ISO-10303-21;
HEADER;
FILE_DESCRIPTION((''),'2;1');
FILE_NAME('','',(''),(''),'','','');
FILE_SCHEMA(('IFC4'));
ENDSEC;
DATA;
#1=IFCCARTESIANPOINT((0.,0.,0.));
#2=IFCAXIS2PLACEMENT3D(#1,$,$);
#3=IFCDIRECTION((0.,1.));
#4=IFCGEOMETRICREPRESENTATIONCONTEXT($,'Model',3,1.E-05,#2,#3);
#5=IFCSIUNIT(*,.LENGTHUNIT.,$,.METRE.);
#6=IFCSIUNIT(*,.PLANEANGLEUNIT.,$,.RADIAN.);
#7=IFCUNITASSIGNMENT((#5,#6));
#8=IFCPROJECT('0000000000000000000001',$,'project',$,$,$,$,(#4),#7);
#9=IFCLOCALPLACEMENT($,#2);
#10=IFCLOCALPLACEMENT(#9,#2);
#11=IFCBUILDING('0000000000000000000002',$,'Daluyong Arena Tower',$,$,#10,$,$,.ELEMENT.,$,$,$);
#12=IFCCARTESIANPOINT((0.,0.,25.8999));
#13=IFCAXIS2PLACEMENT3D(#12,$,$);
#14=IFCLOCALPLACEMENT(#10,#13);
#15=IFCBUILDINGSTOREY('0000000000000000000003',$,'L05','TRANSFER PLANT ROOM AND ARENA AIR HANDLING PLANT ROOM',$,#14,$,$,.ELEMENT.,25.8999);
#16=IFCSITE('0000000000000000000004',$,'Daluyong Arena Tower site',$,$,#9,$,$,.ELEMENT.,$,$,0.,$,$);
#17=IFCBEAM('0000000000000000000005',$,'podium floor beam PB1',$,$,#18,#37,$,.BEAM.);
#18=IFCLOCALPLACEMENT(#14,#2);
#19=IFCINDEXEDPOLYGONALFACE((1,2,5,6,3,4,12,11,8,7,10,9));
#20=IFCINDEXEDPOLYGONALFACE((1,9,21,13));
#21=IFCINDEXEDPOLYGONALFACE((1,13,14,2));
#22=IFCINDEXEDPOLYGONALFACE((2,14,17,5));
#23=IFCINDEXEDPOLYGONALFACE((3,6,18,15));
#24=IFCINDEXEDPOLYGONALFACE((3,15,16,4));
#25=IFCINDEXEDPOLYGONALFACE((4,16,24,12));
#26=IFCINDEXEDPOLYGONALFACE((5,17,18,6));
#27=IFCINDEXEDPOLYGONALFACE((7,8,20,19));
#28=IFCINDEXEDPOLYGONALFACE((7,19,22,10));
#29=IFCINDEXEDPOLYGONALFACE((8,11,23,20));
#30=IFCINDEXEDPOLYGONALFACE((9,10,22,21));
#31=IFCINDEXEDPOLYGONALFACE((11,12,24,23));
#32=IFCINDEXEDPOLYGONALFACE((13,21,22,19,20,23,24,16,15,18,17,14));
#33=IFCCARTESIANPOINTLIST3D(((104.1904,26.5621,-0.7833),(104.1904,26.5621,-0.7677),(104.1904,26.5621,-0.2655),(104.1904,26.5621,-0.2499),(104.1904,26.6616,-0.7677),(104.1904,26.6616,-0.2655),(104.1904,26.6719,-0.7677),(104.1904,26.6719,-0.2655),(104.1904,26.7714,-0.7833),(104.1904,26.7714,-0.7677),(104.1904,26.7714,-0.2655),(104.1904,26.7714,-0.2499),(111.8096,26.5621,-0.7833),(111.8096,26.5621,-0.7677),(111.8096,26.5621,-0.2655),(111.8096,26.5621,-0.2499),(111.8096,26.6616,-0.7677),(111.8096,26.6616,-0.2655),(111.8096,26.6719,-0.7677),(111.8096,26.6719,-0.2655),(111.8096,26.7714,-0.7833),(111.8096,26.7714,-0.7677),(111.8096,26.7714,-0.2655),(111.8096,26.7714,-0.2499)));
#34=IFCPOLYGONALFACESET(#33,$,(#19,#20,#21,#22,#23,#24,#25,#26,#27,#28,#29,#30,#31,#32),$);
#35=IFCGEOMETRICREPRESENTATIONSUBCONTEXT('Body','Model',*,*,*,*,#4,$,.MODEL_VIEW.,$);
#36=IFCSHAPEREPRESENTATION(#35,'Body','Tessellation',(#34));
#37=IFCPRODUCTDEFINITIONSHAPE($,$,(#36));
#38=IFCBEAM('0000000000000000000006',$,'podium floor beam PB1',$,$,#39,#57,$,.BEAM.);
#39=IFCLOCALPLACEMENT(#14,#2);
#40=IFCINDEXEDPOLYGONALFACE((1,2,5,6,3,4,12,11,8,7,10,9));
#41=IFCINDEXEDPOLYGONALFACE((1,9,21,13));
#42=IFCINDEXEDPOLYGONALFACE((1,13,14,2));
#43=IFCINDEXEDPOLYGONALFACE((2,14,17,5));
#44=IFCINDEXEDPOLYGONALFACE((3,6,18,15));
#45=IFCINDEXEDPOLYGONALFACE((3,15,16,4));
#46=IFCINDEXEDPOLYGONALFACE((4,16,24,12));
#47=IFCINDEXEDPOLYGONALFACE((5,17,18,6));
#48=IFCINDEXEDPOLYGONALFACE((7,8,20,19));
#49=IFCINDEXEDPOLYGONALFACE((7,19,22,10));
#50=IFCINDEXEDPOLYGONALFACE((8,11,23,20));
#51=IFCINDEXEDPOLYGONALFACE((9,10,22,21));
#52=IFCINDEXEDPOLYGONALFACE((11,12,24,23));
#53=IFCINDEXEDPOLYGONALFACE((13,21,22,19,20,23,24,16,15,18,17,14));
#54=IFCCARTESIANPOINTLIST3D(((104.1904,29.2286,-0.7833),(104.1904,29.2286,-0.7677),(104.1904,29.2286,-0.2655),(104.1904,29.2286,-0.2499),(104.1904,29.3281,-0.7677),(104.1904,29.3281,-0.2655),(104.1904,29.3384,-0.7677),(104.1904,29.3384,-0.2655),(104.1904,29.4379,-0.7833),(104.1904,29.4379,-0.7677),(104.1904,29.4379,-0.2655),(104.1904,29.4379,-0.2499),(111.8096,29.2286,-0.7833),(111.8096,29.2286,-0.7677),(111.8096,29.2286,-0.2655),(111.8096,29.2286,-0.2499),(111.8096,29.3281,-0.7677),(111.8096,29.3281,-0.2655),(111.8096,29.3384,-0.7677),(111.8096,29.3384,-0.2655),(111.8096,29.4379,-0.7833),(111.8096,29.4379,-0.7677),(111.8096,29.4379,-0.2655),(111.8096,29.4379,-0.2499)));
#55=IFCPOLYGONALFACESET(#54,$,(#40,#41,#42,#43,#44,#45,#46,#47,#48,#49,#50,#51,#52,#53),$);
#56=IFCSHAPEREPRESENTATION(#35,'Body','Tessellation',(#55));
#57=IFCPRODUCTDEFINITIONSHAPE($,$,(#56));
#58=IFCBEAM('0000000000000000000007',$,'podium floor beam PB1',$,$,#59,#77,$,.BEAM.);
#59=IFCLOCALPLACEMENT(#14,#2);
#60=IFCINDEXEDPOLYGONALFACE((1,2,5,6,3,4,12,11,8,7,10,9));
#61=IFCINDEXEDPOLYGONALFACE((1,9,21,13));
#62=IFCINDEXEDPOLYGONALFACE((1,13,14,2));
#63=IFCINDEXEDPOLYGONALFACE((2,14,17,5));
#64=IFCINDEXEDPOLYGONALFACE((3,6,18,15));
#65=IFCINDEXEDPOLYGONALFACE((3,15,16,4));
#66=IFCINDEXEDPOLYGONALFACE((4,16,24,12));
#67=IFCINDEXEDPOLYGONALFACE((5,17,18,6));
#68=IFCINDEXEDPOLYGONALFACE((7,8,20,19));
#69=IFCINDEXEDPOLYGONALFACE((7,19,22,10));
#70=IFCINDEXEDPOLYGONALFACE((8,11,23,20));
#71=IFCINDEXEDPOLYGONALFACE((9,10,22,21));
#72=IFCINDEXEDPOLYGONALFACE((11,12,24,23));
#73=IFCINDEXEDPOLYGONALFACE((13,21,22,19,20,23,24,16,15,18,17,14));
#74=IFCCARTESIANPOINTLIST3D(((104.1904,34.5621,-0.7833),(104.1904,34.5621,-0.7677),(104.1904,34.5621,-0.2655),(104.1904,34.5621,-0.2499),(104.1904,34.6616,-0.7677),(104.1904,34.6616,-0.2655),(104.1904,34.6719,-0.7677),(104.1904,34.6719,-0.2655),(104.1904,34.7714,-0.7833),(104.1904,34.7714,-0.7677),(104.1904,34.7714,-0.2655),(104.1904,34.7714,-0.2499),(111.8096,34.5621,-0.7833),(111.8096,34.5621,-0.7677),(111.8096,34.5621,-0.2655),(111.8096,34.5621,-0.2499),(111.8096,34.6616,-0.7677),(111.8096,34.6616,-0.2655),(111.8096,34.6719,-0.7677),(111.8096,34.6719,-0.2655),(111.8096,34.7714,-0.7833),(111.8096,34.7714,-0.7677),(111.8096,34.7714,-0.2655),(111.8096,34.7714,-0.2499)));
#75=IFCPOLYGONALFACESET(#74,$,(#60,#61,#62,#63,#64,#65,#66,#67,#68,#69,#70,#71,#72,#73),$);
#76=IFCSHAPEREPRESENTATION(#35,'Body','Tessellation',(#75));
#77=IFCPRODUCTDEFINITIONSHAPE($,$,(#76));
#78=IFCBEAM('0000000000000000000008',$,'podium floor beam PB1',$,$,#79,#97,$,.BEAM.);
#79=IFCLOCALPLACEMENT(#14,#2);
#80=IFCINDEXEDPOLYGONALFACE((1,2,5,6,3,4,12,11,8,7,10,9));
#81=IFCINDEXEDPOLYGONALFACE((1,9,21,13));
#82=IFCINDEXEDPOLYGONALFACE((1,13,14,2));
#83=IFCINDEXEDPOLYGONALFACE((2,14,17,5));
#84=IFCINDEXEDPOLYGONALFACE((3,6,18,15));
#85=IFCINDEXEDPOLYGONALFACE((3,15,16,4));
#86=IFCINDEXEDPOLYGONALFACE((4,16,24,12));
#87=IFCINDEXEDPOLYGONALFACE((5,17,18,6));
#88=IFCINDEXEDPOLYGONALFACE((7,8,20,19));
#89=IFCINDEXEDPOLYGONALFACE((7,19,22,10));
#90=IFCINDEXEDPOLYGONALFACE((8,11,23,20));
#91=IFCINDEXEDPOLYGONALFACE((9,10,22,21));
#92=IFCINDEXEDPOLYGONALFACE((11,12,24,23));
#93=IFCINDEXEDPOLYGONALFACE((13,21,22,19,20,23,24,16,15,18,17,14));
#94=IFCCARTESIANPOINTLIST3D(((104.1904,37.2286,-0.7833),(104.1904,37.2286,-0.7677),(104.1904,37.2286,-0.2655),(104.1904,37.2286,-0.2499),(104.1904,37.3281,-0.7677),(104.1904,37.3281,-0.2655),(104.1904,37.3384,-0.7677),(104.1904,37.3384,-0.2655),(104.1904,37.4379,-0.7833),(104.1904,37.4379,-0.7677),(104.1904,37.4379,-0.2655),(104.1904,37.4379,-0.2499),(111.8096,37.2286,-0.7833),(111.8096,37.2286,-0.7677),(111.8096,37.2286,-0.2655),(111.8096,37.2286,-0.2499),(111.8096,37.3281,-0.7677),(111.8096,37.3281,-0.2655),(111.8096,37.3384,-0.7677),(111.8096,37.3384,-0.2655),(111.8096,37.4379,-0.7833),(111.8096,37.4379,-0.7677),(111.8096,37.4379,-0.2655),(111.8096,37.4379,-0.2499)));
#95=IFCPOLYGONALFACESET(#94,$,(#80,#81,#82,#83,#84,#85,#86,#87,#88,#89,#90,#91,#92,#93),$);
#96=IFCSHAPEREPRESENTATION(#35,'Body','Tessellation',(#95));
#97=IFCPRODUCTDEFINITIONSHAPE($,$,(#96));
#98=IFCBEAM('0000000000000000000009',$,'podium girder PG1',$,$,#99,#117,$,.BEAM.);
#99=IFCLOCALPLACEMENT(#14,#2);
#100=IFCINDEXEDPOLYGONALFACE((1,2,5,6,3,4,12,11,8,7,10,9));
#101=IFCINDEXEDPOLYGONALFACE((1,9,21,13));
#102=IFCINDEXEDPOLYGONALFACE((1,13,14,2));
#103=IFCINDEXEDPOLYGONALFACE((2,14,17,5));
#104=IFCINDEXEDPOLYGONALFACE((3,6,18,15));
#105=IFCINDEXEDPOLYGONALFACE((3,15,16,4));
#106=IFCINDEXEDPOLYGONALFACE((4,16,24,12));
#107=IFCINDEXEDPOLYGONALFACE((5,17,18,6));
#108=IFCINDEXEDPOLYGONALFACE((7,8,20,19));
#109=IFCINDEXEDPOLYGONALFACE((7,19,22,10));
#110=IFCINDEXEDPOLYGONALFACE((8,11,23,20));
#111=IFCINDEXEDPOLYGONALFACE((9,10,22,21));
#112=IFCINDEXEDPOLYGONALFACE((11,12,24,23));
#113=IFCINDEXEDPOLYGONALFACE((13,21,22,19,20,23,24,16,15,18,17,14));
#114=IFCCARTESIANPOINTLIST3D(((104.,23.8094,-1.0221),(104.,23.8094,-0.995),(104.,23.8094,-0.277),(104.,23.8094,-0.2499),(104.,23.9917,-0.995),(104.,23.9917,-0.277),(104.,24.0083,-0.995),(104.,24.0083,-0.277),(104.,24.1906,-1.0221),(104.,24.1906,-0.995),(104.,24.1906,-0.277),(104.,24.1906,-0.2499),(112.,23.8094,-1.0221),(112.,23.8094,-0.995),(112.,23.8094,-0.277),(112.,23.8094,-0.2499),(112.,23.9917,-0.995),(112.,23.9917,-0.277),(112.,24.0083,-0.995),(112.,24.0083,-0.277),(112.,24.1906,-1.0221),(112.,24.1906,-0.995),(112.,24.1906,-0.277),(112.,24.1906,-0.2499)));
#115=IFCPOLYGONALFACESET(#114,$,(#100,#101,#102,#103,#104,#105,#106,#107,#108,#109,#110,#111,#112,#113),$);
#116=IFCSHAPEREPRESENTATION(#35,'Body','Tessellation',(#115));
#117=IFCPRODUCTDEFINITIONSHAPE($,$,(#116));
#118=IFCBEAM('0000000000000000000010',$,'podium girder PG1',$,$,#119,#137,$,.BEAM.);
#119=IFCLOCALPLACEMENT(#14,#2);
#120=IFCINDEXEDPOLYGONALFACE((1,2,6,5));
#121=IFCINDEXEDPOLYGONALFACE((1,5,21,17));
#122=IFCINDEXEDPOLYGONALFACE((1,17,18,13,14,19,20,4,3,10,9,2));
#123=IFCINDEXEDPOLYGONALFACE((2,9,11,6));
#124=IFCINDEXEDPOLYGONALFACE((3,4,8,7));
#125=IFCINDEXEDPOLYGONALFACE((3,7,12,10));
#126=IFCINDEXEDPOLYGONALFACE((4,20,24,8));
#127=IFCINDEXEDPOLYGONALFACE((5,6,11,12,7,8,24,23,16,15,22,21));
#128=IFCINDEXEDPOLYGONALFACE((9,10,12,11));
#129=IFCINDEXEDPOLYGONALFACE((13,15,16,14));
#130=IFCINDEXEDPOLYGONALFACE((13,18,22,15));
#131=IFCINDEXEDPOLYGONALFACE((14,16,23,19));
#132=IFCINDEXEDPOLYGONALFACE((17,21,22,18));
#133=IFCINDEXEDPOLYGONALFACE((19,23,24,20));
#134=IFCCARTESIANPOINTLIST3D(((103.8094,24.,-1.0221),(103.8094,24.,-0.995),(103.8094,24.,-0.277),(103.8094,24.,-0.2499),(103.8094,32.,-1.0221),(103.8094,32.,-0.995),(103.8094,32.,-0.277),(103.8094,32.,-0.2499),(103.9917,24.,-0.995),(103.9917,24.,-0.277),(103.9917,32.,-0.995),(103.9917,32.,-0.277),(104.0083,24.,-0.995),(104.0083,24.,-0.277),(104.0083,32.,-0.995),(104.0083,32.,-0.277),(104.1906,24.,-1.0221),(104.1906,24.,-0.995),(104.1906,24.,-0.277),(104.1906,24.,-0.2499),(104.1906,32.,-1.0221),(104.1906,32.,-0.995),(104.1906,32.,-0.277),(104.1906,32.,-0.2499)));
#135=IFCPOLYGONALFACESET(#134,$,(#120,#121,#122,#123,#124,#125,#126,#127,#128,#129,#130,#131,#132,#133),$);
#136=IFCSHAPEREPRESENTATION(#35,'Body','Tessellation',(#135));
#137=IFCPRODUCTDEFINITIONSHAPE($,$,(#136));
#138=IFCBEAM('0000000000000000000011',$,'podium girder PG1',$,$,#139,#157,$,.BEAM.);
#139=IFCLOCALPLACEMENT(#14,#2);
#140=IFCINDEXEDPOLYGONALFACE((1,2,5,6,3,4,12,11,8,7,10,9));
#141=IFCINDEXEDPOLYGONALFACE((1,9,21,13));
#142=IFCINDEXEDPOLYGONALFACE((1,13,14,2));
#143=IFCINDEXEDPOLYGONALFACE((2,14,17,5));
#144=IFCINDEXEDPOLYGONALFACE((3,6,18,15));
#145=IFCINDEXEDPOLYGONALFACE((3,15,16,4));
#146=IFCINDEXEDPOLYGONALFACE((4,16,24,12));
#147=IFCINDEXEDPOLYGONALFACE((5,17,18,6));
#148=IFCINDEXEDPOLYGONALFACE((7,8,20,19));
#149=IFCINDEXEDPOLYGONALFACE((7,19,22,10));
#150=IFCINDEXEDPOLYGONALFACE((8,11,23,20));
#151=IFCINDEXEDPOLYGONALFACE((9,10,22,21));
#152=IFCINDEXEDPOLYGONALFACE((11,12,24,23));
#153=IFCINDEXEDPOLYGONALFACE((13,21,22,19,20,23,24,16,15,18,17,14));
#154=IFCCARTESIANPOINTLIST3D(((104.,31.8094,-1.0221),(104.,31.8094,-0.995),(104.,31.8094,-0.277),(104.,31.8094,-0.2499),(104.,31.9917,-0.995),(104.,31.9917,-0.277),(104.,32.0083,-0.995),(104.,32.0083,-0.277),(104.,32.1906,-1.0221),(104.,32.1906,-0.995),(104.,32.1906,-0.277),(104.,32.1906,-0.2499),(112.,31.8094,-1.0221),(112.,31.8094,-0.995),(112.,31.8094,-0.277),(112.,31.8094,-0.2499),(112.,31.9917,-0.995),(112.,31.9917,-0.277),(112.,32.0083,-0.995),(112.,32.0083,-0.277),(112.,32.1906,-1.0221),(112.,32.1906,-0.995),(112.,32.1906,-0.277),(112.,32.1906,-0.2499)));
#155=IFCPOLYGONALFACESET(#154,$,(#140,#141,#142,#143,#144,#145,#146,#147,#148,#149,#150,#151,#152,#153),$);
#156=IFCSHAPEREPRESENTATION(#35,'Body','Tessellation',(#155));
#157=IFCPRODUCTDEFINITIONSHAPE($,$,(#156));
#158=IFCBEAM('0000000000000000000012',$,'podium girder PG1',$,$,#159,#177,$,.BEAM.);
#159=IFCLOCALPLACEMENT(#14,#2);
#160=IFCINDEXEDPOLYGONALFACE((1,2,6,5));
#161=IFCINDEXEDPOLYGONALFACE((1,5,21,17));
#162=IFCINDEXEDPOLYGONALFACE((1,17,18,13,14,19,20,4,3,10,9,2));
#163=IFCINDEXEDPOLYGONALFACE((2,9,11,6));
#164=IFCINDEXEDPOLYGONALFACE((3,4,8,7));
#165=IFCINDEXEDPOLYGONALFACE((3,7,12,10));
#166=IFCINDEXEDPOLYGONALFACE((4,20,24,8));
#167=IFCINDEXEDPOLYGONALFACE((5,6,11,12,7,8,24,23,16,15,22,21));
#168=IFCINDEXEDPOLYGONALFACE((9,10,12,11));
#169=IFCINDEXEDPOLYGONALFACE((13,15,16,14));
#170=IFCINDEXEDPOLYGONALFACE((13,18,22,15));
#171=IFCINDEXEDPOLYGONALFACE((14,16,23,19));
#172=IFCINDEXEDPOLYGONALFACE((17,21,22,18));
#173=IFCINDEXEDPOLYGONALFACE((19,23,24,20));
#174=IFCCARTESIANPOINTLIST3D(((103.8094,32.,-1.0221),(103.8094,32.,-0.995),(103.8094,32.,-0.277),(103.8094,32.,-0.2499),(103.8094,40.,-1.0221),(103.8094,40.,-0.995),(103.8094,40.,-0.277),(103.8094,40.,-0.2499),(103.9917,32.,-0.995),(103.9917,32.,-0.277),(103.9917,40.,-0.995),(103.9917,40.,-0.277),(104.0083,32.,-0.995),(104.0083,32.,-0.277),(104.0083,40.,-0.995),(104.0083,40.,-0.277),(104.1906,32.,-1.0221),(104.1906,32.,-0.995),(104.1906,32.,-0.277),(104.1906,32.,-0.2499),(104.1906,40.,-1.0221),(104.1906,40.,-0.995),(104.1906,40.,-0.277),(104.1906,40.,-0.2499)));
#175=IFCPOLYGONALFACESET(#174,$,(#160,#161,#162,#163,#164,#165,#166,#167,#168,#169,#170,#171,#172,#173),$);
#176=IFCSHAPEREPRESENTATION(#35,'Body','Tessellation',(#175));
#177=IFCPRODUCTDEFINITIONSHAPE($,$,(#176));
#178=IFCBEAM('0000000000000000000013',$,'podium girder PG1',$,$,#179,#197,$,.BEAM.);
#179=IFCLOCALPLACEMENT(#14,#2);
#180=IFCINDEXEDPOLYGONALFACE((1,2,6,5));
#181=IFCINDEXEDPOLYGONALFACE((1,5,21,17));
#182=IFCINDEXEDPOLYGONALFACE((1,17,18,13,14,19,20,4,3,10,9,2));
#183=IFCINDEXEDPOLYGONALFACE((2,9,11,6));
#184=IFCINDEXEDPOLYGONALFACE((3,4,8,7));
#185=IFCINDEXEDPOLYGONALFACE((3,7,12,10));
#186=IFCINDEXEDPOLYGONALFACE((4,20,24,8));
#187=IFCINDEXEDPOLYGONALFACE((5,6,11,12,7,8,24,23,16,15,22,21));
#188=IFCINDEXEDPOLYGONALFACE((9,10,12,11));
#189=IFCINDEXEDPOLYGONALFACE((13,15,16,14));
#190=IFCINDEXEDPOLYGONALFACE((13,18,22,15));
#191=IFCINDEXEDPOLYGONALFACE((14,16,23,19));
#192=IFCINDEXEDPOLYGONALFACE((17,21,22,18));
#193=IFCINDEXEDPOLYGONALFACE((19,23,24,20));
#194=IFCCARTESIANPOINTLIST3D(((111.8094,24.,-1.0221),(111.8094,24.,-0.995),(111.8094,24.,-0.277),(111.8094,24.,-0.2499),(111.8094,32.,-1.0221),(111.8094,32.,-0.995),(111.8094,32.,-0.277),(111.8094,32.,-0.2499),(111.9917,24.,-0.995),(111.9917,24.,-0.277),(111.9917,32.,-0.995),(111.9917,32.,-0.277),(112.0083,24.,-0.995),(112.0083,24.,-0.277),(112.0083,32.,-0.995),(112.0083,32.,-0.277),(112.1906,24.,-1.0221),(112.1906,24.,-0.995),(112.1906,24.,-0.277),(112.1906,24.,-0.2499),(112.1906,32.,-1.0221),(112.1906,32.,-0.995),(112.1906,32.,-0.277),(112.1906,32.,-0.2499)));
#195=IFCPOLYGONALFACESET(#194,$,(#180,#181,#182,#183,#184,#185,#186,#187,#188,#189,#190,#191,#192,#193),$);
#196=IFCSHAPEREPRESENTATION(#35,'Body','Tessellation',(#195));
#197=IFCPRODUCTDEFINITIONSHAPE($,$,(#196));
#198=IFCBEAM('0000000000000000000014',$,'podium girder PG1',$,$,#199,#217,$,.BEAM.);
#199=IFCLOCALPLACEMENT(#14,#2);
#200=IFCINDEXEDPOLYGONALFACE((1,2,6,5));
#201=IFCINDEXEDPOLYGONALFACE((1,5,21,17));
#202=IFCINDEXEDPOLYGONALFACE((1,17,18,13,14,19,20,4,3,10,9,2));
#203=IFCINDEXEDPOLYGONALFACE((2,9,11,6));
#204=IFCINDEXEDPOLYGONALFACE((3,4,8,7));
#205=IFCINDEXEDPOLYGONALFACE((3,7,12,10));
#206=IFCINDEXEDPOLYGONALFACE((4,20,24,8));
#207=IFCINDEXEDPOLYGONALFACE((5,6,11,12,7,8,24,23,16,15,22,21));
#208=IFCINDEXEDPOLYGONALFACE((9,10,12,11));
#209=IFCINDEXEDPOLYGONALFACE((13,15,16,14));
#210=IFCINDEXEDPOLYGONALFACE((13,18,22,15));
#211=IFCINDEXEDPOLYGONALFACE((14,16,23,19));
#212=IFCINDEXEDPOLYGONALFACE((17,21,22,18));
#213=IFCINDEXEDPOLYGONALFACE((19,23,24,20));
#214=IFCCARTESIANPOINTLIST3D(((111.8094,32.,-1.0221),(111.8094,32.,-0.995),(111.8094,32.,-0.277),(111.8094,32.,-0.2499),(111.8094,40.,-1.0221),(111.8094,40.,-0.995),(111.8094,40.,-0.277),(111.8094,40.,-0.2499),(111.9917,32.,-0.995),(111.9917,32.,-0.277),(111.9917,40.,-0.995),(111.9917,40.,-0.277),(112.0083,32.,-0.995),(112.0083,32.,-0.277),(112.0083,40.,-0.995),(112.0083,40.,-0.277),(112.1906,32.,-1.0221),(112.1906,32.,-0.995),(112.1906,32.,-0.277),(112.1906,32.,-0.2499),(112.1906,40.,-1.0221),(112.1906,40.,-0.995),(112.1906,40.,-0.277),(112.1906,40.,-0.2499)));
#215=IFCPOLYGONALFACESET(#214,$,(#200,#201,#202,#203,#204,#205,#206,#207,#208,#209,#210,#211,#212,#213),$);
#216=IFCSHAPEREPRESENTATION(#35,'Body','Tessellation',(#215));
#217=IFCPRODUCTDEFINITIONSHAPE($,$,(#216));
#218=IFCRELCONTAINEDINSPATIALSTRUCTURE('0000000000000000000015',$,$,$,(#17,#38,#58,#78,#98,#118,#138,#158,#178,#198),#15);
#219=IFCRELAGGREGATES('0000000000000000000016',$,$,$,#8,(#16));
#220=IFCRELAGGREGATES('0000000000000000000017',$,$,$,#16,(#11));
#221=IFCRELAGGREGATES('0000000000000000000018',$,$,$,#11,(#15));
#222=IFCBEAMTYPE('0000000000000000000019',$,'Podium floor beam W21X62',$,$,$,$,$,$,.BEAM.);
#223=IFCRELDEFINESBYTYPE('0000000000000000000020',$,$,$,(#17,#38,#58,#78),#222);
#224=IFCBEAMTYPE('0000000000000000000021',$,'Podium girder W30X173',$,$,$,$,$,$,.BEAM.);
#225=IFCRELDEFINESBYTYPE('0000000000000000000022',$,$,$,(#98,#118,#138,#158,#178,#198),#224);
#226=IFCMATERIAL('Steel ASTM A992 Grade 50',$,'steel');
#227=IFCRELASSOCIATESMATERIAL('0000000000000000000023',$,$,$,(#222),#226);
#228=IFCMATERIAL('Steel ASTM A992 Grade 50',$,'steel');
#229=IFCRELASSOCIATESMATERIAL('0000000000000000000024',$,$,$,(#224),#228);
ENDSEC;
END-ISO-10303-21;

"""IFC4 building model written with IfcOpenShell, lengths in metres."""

from ifc_helpers import new_model, si_unit, direction, frame, origin, origin_2d, place, context, subcontext, project, spatial, i_section, extrude, material, material_profile, profile_set, type_object, element, save


model = new_model("IFC4")

# Units and contexts
model_context = context("Model", 3, precision=1e-05, world=origin(), true_north=direction((0.0, 1.0)))
body_context = subcontext(model_context, "Body", "Model", "MODEL_VIEW")
ifc_project = project(units=[si_unit("LENGTHUNIT", "METRE"), si_unit("PLANEANGLEUNIT", "RADIAN")], contexts=[model_context])

# Site, building, storey
site_placement = place(None, origin())
site = spatial("IfcSite", under=ifc_project, at=site_placement, Name="Daluyong Arena Tower site", CompositionType="ELEMENT", RefElevation=0.0)
building_placement = place(site_placement, origin())
building = spatial("IfcBuilding", under=site, at=building_placement, Name="Daluyong Arena Tower", CompositionType="ELEMENT")
storey_placement = place(building_placement, frame((0.0, 0.0, 25.8999)))
storey = spatial("IfcBuildingStorey", under=building, at=storey_placement, Name="L05", Description="TRANSFER PLANT ROOM AND ARENA AIR HANDLING PLANT ROOM", CompositionType="ELEMENT", Elevation=25.8999)

# Beams
ifc_material_1 = material(Name="Steel ASTM A992 Grade 50", Category="steel")
ifc_material_profile_1 = material_profile(ifc_material_1, i_section(OverallWidth=0.2092, OverallDepth=0.5334, WebThickness=0.0103, FlangeThickness=0.0156, at=origin_2d()))
ifc_profile_set_1 = profile_set([ifc_material_profile_1], Name="Steel ASTM A992 Grade 50")
beam_type_1 = type_object("IfcBeamType", Name="Podium floor beam W21X62", PredefinedType="BEAM", material=ifc_profile_set_1)
for number, where, z_axis, x_axis, name in (
    (1, (104.1904, 26.6667, -0.5166), (1.0, 0.0, 0.0), (0.0, 1.0, 0.0), "podium floor beam PB1"),
    (2, (104.1904, 29.3333, -0.5166), (1.0, 0.0, 0.0), (0.0, 1.0, 0.0), "podium floor beam PB1"),
    (3, (104.1904, 34.6667, -0.5166), (1.0, 0.0, 0.0), (0.0, 1.0, 0.0), "podium floor beam PB1"),
    (4, (104.1904, 37.3333, -0.5166), (1.0, 0.0, 0.0), (0.0, 1.0, 0.0), "podium floor beam PB1"),
):
    element("IfcBeam", number, at=place(storey_placement, frame(where, z_axis=z_axis, x_axis=x_axis)), inside=storey, type_object=beam_type_1, Name=name, PredefinedType="BEAM", context=body_context, shape_type="SweptSolid", body=[
        extrude(i_section(OverallWidth=0.2092, OverallDepth=0.5334, WebThickness=0.0103, FlangeThickness=0.0156, at=origin_2d()), origin(), (0.0, 0.0, 1.0), 7.6191),
    ])
ifc_material_2 = material(Name="Steel ASTM A992 Grade 50", Category="steel")
ifc_material_profile_2 = material_profile(ifc_material_2, i_section(OverallWidth=0.3811, OverallDepth=0.7722, WebThickness=0.0166, FlangeThickness=0.0271, at=origin_2d()))
ifc_profile_set_2 = profile_set([ifc_material_profile_2], Name="Steel ASTM A992 Grade 50")
beam_type_2 = type_object("IfcBeamType", Name="Podium girder W30X173", PredefinedType="BEAM", material=ifc_profile_set_2)
for number, where, z_axis, x_axis, name in (
    (5, (104.0, 24.0, -0.636), (1.0, 0.0, 0.0), (0.0, 1.0, 0.0), "podium girder PG1"),
    (6, (104.0, 24.0, -0.636), (0.0, 1.0, 0.0), (-1.0, 0.0, 0.0), "podium girder PG1"),
    (7, (104.0, 32.0, -0.636), (1.0, 0.0, 0.0), (0.0, 1.0, 0.0), "podium girder PG1"),
    (8, (104.0, 32.0, -0.636), (0.0, 1.0, 0.0), (-1.0, 0.0, 0.0), "podium girder PG1"),
    (9, (112.0, 24.0, -0.636), (0.0, 1.0, 0.0), (-1.0, 0.0, 0.0), "podium girder PG1"),
    (10, (112.0, 32.0, -0.636), (0.0, 1.0, 0.0), (-1.0, 0.0, 0.0), "podium girder PG1"),
):
    element("IfcBeam", number, at=place(storey_placement, frame(where, z_axis=z_axis, x_axis=x_axis)), inside=storey, type_object=beam_type_2, Name=name, PredefinedType="BEAM", context=body_context, shape_type="SweptSolid", body=[
        extrude(i_section(OverallWidth=0.3811, OverallDepth=0.7722, WebThickness=0.0166, FlangeThickness=0.0271, at=origin_2d()), origin(), (0.0, 0.0, 1.0), 8.0),
    ])

save(model, "model.ifc")
